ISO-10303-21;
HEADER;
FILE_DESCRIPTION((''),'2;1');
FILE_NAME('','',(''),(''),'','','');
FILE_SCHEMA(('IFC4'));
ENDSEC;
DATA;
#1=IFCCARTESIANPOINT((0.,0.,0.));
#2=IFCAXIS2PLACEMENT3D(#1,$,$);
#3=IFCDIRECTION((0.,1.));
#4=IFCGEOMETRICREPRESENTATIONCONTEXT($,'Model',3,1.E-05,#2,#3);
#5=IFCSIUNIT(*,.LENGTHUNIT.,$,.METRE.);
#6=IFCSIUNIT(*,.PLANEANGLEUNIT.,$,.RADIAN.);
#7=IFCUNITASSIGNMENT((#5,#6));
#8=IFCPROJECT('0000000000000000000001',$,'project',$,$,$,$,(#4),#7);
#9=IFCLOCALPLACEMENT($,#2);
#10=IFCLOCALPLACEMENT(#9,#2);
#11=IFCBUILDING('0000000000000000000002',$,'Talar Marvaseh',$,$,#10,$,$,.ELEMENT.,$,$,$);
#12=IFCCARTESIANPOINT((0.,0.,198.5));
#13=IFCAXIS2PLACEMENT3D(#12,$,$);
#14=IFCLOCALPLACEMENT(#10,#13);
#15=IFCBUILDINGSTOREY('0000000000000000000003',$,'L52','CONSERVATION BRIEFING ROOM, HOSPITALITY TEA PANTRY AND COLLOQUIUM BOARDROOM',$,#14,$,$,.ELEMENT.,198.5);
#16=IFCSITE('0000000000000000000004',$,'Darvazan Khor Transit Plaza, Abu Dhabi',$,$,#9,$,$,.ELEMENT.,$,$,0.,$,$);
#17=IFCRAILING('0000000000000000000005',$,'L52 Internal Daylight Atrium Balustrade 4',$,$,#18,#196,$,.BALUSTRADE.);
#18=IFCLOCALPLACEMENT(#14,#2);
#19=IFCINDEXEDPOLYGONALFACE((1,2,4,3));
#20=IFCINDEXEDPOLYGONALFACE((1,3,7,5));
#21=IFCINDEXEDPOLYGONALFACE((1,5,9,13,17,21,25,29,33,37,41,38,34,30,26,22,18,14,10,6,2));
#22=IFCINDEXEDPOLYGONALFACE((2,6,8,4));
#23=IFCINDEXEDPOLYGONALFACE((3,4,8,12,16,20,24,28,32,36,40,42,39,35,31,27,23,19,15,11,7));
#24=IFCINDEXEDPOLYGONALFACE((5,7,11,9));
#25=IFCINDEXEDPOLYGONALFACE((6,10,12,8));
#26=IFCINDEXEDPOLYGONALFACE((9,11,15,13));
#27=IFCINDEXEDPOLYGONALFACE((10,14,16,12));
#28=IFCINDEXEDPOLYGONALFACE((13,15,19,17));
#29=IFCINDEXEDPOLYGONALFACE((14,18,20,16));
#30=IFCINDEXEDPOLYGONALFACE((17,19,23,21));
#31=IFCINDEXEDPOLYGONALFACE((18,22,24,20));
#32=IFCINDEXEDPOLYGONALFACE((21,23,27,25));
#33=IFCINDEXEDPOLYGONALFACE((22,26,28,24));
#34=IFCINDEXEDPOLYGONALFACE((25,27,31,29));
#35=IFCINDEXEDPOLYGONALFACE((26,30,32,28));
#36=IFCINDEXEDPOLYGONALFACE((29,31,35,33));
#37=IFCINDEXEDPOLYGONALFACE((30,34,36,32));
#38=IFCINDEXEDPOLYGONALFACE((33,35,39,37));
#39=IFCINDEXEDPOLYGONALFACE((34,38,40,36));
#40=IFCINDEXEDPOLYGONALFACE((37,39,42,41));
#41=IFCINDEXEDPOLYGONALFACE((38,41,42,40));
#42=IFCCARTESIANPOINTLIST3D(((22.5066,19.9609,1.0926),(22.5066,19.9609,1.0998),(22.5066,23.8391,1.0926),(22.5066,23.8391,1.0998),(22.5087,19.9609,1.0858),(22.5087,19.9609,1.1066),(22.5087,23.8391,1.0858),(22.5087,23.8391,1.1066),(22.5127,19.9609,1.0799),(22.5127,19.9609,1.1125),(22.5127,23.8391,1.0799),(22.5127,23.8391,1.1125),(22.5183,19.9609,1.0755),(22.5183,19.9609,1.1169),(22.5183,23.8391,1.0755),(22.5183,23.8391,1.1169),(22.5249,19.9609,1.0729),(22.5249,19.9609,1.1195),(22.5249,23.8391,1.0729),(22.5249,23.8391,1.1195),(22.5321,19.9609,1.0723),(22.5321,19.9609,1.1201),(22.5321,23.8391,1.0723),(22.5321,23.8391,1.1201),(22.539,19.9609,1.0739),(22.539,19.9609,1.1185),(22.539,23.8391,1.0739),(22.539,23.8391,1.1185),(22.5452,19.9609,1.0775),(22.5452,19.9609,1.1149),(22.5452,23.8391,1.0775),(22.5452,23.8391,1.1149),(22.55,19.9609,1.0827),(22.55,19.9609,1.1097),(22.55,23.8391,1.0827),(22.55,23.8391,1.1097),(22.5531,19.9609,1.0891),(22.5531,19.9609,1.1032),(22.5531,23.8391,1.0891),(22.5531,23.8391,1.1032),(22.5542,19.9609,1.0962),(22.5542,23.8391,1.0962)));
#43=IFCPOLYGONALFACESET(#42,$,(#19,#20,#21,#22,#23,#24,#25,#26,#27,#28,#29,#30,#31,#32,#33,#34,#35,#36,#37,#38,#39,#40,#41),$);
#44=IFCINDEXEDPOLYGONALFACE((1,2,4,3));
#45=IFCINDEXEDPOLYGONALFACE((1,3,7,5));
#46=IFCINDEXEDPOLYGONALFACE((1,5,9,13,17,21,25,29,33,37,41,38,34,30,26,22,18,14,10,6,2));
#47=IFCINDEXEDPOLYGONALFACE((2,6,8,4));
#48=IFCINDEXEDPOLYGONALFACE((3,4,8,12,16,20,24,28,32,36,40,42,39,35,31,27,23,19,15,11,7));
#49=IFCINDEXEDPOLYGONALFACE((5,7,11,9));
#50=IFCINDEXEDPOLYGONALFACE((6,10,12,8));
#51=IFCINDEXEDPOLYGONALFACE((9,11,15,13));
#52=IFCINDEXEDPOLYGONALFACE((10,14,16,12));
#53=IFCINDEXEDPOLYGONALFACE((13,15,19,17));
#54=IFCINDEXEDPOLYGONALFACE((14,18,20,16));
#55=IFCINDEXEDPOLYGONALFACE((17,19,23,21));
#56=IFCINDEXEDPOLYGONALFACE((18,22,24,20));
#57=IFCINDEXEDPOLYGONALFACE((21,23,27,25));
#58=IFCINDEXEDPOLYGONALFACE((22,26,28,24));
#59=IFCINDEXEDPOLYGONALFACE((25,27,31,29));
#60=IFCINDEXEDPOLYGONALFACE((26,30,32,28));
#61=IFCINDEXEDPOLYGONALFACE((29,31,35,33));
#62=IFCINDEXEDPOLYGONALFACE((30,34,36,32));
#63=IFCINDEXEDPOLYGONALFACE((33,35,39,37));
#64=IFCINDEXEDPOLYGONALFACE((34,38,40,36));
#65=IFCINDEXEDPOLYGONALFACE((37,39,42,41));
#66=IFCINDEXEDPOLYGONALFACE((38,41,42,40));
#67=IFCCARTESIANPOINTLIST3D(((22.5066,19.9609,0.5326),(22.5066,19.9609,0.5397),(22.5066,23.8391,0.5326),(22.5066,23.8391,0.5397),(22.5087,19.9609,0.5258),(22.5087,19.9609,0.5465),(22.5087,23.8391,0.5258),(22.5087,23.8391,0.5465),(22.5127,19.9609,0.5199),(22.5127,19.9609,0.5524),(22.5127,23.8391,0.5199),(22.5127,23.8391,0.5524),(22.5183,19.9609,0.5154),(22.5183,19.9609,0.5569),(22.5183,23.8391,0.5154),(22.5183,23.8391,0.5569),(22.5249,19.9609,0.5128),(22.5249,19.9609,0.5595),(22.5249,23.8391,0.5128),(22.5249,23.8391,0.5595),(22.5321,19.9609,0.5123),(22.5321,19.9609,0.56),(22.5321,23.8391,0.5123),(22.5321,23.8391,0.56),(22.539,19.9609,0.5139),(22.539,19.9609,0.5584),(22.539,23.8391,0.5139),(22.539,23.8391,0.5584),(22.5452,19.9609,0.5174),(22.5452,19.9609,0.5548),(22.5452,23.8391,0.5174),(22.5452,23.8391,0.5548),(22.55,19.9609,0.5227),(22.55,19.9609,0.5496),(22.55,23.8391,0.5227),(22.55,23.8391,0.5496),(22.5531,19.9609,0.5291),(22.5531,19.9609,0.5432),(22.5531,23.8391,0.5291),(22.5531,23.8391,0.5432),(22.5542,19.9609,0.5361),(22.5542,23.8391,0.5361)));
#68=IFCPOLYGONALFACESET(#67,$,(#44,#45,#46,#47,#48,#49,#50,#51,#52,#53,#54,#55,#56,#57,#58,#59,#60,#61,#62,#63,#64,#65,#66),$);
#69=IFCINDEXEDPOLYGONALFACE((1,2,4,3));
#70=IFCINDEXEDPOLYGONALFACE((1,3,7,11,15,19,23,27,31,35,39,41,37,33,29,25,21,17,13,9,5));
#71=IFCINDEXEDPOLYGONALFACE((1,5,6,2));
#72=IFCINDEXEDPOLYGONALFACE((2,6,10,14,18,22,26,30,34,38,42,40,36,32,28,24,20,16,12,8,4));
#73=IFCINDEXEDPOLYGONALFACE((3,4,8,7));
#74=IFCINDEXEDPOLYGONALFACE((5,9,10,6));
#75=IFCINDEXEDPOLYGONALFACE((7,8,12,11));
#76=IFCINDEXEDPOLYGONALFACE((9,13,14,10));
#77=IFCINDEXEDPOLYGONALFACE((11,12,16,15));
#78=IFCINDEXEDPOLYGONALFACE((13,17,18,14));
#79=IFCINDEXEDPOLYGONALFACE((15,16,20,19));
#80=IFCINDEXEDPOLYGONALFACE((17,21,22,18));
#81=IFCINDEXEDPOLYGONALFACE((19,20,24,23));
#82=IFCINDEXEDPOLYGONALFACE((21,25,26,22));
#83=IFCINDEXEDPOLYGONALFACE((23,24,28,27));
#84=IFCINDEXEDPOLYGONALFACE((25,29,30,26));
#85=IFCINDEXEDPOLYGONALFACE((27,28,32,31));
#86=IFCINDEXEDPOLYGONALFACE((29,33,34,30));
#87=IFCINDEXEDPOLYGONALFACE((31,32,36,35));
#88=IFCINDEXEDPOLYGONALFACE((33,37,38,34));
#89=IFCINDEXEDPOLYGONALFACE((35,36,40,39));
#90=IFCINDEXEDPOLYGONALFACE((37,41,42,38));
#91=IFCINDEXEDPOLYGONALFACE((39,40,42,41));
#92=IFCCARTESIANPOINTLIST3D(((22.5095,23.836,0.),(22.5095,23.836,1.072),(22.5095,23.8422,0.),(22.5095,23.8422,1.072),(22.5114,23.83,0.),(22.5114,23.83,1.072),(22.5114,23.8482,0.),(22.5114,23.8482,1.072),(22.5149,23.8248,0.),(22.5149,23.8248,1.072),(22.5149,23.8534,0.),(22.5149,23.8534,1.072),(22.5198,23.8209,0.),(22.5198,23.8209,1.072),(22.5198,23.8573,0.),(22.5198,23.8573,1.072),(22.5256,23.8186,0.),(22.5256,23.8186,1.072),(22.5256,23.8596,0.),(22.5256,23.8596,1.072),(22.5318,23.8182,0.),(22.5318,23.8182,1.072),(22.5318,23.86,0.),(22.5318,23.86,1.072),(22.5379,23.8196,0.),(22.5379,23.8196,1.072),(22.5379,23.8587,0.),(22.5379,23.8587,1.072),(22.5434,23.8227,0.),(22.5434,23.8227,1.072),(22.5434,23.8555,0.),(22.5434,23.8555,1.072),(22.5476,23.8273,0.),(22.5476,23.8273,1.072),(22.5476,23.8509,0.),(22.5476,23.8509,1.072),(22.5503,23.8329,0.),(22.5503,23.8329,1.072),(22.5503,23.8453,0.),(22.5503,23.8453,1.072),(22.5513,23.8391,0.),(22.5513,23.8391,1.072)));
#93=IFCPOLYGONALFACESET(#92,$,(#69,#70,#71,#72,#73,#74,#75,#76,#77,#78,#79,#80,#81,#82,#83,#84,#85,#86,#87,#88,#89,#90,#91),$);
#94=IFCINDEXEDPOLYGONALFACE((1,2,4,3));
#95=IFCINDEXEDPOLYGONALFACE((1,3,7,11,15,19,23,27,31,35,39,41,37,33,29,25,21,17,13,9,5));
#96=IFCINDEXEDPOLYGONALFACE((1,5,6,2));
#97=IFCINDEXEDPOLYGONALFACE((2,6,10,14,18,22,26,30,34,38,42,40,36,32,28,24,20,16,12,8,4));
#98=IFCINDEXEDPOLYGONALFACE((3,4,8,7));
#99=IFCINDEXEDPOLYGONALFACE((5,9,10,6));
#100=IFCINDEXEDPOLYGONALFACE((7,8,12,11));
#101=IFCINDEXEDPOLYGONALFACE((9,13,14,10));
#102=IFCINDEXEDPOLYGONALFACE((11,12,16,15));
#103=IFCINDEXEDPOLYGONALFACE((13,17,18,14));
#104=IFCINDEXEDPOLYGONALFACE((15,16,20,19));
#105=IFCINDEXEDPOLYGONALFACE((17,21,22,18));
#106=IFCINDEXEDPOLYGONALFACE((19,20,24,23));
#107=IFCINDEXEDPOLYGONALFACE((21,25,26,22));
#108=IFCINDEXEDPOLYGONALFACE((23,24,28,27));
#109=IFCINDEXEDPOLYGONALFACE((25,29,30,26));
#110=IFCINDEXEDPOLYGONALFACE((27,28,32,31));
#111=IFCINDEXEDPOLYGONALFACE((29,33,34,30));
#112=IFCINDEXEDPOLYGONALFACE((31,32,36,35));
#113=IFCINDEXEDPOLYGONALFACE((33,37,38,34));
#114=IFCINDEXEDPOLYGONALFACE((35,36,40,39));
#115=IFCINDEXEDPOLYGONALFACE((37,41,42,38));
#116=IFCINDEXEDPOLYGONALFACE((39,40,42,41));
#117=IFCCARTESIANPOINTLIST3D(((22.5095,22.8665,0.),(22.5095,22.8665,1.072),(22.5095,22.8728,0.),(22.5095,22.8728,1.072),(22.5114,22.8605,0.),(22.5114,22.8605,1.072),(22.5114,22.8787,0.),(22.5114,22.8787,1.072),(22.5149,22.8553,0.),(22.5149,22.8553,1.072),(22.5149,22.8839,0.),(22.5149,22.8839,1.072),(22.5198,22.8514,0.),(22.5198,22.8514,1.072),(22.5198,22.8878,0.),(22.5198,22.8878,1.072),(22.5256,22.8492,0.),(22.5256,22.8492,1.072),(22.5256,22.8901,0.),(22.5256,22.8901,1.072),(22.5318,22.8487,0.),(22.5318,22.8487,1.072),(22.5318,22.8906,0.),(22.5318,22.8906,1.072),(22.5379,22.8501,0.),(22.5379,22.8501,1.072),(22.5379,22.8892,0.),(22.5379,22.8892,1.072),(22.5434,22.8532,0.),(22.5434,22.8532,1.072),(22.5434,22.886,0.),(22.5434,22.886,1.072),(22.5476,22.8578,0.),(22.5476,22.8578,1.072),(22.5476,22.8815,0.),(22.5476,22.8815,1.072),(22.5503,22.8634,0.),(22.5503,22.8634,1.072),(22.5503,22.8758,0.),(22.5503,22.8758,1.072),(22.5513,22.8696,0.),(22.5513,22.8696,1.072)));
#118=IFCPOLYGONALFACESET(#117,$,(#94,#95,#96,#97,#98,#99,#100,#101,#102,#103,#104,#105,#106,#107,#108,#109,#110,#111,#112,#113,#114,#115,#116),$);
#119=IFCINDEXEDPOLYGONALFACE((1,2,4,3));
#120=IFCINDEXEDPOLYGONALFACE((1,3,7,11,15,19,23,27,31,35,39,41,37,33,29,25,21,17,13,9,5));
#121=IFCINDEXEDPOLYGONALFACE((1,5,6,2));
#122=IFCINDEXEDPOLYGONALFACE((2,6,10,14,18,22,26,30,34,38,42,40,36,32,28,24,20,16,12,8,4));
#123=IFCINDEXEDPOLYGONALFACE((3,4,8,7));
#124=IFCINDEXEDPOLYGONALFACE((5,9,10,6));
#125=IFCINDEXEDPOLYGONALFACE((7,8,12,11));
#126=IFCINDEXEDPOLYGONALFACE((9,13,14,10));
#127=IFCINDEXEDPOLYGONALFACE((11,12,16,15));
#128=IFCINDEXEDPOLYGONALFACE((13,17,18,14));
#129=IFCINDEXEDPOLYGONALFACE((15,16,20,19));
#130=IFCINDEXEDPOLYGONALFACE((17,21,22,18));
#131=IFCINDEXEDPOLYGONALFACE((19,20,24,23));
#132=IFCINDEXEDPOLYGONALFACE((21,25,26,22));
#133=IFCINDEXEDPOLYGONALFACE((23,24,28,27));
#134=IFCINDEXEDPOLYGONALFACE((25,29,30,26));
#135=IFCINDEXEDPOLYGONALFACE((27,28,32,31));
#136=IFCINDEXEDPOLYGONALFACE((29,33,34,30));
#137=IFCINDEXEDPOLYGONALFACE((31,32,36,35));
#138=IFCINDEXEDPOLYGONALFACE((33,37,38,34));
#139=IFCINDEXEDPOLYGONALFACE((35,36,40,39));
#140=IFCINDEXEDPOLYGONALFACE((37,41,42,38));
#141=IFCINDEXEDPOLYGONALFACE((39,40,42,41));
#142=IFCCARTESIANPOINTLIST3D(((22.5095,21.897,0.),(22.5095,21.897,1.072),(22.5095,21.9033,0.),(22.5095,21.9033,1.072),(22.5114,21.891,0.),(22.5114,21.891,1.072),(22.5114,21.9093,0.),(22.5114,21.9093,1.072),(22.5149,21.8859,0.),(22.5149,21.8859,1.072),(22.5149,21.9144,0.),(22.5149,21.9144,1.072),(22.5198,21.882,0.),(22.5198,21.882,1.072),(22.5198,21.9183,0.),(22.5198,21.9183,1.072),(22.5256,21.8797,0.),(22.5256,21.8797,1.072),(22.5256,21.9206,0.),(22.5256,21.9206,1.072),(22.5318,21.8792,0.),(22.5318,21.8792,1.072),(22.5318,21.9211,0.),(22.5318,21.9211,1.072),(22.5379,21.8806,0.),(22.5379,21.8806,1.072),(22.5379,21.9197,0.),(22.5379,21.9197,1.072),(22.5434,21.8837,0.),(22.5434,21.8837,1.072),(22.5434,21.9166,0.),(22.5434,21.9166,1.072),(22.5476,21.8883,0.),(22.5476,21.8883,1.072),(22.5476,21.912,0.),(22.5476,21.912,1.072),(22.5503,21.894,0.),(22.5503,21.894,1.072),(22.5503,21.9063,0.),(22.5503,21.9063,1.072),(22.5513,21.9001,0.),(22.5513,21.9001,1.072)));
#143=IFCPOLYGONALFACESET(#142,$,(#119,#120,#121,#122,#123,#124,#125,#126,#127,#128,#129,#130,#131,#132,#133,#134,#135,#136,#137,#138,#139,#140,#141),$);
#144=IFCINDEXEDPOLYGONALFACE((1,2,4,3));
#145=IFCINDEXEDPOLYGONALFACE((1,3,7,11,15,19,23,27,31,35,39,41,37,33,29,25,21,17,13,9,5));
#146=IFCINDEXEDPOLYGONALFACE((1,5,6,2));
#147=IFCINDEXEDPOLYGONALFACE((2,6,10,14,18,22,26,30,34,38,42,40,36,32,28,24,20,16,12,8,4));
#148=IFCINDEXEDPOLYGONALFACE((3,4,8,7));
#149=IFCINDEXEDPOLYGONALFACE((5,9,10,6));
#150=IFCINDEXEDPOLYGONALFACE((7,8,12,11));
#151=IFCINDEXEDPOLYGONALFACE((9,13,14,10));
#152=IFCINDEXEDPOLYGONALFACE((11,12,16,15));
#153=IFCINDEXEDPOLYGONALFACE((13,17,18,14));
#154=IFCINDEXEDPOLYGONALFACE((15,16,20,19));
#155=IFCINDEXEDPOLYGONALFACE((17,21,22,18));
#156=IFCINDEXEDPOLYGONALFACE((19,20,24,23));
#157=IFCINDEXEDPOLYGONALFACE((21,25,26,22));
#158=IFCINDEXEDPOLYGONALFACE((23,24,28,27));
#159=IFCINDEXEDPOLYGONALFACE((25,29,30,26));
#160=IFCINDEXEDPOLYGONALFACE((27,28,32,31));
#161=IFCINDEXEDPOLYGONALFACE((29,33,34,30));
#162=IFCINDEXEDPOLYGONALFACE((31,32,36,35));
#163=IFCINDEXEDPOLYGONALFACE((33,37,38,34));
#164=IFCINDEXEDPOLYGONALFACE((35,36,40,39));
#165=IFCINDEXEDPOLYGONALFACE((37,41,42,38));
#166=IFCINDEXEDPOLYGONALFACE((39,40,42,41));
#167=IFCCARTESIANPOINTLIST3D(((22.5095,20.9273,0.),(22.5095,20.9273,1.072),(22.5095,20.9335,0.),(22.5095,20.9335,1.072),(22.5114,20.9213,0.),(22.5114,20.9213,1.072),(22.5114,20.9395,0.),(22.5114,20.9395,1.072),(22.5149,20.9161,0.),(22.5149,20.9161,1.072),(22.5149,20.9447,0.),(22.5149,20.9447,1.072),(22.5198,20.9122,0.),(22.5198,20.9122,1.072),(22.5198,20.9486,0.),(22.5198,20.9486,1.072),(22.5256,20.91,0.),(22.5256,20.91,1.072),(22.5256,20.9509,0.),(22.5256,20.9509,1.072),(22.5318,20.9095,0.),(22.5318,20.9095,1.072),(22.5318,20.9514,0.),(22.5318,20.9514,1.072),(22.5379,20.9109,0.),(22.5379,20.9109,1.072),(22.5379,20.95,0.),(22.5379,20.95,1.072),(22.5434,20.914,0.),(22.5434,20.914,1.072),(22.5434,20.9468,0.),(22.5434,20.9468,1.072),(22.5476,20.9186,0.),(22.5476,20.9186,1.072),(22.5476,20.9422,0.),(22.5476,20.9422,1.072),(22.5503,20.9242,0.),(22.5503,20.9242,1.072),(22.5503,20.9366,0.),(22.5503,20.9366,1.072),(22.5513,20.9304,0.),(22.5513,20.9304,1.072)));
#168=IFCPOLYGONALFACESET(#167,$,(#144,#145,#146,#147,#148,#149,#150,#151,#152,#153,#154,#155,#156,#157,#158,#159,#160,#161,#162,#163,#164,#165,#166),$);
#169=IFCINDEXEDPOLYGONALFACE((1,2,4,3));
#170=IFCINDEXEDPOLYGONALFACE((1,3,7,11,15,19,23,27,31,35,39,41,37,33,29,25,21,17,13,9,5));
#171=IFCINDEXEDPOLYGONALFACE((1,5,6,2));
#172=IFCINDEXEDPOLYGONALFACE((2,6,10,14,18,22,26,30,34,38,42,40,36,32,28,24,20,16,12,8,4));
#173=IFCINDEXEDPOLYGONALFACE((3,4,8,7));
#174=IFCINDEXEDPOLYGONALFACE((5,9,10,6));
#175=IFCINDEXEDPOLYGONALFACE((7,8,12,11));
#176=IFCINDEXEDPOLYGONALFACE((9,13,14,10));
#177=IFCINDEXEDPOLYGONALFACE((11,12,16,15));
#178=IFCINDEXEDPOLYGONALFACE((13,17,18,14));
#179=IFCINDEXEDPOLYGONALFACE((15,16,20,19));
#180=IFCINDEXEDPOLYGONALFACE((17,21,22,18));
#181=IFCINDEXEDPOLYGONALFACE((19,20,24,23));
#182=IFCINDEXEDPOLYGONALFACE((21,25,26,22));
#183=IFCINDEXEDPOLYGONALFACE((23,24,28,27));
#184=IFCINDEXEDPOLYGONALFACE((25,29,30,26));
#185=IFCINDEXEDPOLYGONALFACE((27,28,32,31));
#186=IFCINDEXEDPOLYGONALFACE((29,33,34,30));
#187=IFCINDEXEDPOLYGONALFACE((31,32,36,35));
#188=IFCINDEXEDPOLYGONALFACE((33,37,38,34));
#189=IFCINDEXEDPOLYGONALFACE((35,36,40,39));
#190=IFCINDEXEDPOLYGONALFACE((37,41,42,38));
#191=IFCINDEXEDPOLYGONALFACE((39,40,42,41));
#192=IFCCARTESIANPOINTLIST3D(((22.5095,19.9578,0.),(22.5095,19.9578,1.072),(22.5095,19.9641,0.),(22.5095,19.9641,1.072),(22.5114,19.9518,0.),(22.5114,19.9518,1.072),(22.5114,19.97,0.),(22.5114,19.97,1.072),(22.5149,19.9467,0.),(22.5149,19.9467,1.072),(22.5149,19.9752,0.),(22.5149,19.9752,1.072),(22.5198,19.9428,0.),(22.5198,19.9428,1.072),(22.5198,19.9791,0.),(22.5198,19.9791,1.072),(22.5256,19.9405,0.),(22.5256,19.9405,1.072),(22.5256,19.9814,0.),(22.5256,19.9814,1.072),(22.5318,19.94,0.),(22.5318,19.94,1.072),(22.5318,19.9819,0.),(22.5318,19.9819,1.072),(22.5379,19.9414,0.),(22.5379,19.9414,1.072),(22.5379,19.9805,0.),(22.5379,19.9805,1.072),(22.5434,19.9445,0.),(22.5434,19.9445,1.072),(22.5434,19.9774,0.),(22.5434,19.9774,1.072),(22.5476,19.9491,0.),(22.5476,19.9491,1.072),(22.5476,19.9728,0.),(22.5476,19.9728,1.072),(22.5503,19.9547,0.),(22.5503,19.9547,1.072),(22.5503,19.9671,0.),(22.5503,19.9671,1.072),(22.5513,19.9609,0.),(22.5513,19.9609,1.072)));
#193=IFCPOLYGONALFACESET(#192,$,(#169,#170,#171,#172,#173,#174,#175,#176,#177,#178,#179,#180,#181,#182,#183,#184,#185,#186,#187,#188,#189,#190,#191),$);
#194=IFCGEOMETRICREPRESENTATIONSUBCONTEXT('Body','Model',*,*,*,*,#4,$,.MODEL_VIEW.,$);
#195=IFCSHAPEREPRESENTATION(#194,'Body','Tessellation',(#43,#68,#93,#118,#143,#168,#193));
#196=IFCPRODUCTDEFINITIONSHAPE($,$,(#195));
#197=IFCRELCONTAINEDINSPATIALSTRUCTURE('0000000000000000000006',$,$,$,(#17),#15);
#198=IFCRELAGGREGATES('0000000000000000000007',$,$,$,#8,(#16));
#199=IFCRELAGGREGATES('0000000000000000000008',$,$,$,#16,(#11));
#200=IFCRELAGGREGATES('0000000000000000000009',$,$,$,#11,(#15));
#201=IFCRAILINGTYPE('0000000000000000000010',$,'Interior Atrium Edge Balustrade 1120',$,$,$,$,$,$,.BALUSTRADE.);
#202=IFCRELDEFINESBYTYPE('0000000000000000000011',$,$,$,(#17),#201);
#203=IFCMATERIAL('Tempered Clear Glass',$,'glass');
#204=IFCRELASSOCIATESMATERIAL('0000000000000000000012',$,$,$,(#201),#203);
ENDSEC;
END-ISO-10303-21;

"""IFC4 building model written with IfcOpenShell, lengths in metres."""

from ifc_helpers import new_model, si_unit, direction, frame, origin, origin_2d, place, context, subcontext, project, spatial, circle, extrude, material, type_object, element, save


model = new_model("IFC4")

# Units and contexts
model_context = context("Model", 3, precision=1e-05, world=origin(), true_north=direction((0.0, 1.0)))
body_context = subcontext(model_context, "Body", "Model", "MODEL_VIEW")
ifc_project = project(units=[si_unit("LENGTHUNIT", "METRE"), si_unit("PLANEANGLEUNIT", "RADIAN")], contexts=[model_context])

# Site, building, storey
site_placement = place(None, origin())
site = spatial("IfcSite", under=ifc_project, at=site_placement, Name="Darvazan Khor Transit Plaza, Abu Dhabi", CompositionType="ELEMENT", RefElevation=0.0)
building_placement = place(site_placement, origin())
building = spatial("IfcBuilding", under=site, at=building_placement, Name="Talar Marvaseh", CompositionType="ELEMENT")
storey_placement = place(building_placement, frame((0.0, 0.0, 198.5)))
storey = spatial("IfcBuildingStorey", under=building, at=storey_placement, Name="L52", Description="CONSERVATION BRIEFING ROOM, HOSPITALITY TEA PANTRY AND COLLOQUIUM BOARDROOM", CompositionType="ELEMENT", Elevation=198.5)

# Railing
ifc_material_1 = material(Name="Tempered Clear Glass", Category="glass")
railing_type = type_object("IfcRailingType", Name="Interior Atrium Edge Balustrade 1120", PredefinedType="BALUSTRADE", material=ifc_material_1)
railing_1_placement = place(storey_placement, frame((22.5303, 23.8391, 0.0)))
element("IfcRailing", 1, at=railing_1_placement, inside=storey, type_object=railing_type, Name="L52 Internal Daylight Atrium Balustrade 4", PredefinedType="BALUSTRADE", context=body_context, shape_type="SweptSolid", body=[
    extrude(circle(Radius=0.0239, at=origin_2d()), frame((0.0, 0.0, 1.0962), z_axis=(0.0, -1.0, 0.0), x_axis=(1.0, 0.0, 0.0)), (0.0, 0.0, 1.0), 3.8782),
    extrude(circle(Radius=0.0239, at=origin_2d()), frame((0.0, 0.0, 0.5361), z_axis=(0.0, -1.0, 0.0), x_axis=(1.0, 0.0, 0.0)), (0.0, 0.0, 1.0), 3.8782),
    extrude(circle(Radius=0.021, at=origin_2d()), origin(), (0.0, 0.0, 1.0), 1.072),
    extrude(circle(Radius=0.021, at=origin_2d()), frame((0.0, -0.9695, 0.0)), (0.0, 0.0, 1.0), 1.072),
    extrude(circle(Radius=0.021, at=origin_2d()), frame((0.0, -1.939, 0.0)), (0.0, 0.0, 1.0), 1.072),
    extrude(circle(Radius=0.021, at=origin_2d()), frame((0.0, -2.9087, 0.0)), (0.0, 0.0, 1.0), 1.072),
    extrude(circle(Radius=0.021, at=origin_2d()), frame((0.0, -3.8782, 0.0)), (0.0, 0.0, 1.0), 1.072),
])

save(model, "model.ifc")
